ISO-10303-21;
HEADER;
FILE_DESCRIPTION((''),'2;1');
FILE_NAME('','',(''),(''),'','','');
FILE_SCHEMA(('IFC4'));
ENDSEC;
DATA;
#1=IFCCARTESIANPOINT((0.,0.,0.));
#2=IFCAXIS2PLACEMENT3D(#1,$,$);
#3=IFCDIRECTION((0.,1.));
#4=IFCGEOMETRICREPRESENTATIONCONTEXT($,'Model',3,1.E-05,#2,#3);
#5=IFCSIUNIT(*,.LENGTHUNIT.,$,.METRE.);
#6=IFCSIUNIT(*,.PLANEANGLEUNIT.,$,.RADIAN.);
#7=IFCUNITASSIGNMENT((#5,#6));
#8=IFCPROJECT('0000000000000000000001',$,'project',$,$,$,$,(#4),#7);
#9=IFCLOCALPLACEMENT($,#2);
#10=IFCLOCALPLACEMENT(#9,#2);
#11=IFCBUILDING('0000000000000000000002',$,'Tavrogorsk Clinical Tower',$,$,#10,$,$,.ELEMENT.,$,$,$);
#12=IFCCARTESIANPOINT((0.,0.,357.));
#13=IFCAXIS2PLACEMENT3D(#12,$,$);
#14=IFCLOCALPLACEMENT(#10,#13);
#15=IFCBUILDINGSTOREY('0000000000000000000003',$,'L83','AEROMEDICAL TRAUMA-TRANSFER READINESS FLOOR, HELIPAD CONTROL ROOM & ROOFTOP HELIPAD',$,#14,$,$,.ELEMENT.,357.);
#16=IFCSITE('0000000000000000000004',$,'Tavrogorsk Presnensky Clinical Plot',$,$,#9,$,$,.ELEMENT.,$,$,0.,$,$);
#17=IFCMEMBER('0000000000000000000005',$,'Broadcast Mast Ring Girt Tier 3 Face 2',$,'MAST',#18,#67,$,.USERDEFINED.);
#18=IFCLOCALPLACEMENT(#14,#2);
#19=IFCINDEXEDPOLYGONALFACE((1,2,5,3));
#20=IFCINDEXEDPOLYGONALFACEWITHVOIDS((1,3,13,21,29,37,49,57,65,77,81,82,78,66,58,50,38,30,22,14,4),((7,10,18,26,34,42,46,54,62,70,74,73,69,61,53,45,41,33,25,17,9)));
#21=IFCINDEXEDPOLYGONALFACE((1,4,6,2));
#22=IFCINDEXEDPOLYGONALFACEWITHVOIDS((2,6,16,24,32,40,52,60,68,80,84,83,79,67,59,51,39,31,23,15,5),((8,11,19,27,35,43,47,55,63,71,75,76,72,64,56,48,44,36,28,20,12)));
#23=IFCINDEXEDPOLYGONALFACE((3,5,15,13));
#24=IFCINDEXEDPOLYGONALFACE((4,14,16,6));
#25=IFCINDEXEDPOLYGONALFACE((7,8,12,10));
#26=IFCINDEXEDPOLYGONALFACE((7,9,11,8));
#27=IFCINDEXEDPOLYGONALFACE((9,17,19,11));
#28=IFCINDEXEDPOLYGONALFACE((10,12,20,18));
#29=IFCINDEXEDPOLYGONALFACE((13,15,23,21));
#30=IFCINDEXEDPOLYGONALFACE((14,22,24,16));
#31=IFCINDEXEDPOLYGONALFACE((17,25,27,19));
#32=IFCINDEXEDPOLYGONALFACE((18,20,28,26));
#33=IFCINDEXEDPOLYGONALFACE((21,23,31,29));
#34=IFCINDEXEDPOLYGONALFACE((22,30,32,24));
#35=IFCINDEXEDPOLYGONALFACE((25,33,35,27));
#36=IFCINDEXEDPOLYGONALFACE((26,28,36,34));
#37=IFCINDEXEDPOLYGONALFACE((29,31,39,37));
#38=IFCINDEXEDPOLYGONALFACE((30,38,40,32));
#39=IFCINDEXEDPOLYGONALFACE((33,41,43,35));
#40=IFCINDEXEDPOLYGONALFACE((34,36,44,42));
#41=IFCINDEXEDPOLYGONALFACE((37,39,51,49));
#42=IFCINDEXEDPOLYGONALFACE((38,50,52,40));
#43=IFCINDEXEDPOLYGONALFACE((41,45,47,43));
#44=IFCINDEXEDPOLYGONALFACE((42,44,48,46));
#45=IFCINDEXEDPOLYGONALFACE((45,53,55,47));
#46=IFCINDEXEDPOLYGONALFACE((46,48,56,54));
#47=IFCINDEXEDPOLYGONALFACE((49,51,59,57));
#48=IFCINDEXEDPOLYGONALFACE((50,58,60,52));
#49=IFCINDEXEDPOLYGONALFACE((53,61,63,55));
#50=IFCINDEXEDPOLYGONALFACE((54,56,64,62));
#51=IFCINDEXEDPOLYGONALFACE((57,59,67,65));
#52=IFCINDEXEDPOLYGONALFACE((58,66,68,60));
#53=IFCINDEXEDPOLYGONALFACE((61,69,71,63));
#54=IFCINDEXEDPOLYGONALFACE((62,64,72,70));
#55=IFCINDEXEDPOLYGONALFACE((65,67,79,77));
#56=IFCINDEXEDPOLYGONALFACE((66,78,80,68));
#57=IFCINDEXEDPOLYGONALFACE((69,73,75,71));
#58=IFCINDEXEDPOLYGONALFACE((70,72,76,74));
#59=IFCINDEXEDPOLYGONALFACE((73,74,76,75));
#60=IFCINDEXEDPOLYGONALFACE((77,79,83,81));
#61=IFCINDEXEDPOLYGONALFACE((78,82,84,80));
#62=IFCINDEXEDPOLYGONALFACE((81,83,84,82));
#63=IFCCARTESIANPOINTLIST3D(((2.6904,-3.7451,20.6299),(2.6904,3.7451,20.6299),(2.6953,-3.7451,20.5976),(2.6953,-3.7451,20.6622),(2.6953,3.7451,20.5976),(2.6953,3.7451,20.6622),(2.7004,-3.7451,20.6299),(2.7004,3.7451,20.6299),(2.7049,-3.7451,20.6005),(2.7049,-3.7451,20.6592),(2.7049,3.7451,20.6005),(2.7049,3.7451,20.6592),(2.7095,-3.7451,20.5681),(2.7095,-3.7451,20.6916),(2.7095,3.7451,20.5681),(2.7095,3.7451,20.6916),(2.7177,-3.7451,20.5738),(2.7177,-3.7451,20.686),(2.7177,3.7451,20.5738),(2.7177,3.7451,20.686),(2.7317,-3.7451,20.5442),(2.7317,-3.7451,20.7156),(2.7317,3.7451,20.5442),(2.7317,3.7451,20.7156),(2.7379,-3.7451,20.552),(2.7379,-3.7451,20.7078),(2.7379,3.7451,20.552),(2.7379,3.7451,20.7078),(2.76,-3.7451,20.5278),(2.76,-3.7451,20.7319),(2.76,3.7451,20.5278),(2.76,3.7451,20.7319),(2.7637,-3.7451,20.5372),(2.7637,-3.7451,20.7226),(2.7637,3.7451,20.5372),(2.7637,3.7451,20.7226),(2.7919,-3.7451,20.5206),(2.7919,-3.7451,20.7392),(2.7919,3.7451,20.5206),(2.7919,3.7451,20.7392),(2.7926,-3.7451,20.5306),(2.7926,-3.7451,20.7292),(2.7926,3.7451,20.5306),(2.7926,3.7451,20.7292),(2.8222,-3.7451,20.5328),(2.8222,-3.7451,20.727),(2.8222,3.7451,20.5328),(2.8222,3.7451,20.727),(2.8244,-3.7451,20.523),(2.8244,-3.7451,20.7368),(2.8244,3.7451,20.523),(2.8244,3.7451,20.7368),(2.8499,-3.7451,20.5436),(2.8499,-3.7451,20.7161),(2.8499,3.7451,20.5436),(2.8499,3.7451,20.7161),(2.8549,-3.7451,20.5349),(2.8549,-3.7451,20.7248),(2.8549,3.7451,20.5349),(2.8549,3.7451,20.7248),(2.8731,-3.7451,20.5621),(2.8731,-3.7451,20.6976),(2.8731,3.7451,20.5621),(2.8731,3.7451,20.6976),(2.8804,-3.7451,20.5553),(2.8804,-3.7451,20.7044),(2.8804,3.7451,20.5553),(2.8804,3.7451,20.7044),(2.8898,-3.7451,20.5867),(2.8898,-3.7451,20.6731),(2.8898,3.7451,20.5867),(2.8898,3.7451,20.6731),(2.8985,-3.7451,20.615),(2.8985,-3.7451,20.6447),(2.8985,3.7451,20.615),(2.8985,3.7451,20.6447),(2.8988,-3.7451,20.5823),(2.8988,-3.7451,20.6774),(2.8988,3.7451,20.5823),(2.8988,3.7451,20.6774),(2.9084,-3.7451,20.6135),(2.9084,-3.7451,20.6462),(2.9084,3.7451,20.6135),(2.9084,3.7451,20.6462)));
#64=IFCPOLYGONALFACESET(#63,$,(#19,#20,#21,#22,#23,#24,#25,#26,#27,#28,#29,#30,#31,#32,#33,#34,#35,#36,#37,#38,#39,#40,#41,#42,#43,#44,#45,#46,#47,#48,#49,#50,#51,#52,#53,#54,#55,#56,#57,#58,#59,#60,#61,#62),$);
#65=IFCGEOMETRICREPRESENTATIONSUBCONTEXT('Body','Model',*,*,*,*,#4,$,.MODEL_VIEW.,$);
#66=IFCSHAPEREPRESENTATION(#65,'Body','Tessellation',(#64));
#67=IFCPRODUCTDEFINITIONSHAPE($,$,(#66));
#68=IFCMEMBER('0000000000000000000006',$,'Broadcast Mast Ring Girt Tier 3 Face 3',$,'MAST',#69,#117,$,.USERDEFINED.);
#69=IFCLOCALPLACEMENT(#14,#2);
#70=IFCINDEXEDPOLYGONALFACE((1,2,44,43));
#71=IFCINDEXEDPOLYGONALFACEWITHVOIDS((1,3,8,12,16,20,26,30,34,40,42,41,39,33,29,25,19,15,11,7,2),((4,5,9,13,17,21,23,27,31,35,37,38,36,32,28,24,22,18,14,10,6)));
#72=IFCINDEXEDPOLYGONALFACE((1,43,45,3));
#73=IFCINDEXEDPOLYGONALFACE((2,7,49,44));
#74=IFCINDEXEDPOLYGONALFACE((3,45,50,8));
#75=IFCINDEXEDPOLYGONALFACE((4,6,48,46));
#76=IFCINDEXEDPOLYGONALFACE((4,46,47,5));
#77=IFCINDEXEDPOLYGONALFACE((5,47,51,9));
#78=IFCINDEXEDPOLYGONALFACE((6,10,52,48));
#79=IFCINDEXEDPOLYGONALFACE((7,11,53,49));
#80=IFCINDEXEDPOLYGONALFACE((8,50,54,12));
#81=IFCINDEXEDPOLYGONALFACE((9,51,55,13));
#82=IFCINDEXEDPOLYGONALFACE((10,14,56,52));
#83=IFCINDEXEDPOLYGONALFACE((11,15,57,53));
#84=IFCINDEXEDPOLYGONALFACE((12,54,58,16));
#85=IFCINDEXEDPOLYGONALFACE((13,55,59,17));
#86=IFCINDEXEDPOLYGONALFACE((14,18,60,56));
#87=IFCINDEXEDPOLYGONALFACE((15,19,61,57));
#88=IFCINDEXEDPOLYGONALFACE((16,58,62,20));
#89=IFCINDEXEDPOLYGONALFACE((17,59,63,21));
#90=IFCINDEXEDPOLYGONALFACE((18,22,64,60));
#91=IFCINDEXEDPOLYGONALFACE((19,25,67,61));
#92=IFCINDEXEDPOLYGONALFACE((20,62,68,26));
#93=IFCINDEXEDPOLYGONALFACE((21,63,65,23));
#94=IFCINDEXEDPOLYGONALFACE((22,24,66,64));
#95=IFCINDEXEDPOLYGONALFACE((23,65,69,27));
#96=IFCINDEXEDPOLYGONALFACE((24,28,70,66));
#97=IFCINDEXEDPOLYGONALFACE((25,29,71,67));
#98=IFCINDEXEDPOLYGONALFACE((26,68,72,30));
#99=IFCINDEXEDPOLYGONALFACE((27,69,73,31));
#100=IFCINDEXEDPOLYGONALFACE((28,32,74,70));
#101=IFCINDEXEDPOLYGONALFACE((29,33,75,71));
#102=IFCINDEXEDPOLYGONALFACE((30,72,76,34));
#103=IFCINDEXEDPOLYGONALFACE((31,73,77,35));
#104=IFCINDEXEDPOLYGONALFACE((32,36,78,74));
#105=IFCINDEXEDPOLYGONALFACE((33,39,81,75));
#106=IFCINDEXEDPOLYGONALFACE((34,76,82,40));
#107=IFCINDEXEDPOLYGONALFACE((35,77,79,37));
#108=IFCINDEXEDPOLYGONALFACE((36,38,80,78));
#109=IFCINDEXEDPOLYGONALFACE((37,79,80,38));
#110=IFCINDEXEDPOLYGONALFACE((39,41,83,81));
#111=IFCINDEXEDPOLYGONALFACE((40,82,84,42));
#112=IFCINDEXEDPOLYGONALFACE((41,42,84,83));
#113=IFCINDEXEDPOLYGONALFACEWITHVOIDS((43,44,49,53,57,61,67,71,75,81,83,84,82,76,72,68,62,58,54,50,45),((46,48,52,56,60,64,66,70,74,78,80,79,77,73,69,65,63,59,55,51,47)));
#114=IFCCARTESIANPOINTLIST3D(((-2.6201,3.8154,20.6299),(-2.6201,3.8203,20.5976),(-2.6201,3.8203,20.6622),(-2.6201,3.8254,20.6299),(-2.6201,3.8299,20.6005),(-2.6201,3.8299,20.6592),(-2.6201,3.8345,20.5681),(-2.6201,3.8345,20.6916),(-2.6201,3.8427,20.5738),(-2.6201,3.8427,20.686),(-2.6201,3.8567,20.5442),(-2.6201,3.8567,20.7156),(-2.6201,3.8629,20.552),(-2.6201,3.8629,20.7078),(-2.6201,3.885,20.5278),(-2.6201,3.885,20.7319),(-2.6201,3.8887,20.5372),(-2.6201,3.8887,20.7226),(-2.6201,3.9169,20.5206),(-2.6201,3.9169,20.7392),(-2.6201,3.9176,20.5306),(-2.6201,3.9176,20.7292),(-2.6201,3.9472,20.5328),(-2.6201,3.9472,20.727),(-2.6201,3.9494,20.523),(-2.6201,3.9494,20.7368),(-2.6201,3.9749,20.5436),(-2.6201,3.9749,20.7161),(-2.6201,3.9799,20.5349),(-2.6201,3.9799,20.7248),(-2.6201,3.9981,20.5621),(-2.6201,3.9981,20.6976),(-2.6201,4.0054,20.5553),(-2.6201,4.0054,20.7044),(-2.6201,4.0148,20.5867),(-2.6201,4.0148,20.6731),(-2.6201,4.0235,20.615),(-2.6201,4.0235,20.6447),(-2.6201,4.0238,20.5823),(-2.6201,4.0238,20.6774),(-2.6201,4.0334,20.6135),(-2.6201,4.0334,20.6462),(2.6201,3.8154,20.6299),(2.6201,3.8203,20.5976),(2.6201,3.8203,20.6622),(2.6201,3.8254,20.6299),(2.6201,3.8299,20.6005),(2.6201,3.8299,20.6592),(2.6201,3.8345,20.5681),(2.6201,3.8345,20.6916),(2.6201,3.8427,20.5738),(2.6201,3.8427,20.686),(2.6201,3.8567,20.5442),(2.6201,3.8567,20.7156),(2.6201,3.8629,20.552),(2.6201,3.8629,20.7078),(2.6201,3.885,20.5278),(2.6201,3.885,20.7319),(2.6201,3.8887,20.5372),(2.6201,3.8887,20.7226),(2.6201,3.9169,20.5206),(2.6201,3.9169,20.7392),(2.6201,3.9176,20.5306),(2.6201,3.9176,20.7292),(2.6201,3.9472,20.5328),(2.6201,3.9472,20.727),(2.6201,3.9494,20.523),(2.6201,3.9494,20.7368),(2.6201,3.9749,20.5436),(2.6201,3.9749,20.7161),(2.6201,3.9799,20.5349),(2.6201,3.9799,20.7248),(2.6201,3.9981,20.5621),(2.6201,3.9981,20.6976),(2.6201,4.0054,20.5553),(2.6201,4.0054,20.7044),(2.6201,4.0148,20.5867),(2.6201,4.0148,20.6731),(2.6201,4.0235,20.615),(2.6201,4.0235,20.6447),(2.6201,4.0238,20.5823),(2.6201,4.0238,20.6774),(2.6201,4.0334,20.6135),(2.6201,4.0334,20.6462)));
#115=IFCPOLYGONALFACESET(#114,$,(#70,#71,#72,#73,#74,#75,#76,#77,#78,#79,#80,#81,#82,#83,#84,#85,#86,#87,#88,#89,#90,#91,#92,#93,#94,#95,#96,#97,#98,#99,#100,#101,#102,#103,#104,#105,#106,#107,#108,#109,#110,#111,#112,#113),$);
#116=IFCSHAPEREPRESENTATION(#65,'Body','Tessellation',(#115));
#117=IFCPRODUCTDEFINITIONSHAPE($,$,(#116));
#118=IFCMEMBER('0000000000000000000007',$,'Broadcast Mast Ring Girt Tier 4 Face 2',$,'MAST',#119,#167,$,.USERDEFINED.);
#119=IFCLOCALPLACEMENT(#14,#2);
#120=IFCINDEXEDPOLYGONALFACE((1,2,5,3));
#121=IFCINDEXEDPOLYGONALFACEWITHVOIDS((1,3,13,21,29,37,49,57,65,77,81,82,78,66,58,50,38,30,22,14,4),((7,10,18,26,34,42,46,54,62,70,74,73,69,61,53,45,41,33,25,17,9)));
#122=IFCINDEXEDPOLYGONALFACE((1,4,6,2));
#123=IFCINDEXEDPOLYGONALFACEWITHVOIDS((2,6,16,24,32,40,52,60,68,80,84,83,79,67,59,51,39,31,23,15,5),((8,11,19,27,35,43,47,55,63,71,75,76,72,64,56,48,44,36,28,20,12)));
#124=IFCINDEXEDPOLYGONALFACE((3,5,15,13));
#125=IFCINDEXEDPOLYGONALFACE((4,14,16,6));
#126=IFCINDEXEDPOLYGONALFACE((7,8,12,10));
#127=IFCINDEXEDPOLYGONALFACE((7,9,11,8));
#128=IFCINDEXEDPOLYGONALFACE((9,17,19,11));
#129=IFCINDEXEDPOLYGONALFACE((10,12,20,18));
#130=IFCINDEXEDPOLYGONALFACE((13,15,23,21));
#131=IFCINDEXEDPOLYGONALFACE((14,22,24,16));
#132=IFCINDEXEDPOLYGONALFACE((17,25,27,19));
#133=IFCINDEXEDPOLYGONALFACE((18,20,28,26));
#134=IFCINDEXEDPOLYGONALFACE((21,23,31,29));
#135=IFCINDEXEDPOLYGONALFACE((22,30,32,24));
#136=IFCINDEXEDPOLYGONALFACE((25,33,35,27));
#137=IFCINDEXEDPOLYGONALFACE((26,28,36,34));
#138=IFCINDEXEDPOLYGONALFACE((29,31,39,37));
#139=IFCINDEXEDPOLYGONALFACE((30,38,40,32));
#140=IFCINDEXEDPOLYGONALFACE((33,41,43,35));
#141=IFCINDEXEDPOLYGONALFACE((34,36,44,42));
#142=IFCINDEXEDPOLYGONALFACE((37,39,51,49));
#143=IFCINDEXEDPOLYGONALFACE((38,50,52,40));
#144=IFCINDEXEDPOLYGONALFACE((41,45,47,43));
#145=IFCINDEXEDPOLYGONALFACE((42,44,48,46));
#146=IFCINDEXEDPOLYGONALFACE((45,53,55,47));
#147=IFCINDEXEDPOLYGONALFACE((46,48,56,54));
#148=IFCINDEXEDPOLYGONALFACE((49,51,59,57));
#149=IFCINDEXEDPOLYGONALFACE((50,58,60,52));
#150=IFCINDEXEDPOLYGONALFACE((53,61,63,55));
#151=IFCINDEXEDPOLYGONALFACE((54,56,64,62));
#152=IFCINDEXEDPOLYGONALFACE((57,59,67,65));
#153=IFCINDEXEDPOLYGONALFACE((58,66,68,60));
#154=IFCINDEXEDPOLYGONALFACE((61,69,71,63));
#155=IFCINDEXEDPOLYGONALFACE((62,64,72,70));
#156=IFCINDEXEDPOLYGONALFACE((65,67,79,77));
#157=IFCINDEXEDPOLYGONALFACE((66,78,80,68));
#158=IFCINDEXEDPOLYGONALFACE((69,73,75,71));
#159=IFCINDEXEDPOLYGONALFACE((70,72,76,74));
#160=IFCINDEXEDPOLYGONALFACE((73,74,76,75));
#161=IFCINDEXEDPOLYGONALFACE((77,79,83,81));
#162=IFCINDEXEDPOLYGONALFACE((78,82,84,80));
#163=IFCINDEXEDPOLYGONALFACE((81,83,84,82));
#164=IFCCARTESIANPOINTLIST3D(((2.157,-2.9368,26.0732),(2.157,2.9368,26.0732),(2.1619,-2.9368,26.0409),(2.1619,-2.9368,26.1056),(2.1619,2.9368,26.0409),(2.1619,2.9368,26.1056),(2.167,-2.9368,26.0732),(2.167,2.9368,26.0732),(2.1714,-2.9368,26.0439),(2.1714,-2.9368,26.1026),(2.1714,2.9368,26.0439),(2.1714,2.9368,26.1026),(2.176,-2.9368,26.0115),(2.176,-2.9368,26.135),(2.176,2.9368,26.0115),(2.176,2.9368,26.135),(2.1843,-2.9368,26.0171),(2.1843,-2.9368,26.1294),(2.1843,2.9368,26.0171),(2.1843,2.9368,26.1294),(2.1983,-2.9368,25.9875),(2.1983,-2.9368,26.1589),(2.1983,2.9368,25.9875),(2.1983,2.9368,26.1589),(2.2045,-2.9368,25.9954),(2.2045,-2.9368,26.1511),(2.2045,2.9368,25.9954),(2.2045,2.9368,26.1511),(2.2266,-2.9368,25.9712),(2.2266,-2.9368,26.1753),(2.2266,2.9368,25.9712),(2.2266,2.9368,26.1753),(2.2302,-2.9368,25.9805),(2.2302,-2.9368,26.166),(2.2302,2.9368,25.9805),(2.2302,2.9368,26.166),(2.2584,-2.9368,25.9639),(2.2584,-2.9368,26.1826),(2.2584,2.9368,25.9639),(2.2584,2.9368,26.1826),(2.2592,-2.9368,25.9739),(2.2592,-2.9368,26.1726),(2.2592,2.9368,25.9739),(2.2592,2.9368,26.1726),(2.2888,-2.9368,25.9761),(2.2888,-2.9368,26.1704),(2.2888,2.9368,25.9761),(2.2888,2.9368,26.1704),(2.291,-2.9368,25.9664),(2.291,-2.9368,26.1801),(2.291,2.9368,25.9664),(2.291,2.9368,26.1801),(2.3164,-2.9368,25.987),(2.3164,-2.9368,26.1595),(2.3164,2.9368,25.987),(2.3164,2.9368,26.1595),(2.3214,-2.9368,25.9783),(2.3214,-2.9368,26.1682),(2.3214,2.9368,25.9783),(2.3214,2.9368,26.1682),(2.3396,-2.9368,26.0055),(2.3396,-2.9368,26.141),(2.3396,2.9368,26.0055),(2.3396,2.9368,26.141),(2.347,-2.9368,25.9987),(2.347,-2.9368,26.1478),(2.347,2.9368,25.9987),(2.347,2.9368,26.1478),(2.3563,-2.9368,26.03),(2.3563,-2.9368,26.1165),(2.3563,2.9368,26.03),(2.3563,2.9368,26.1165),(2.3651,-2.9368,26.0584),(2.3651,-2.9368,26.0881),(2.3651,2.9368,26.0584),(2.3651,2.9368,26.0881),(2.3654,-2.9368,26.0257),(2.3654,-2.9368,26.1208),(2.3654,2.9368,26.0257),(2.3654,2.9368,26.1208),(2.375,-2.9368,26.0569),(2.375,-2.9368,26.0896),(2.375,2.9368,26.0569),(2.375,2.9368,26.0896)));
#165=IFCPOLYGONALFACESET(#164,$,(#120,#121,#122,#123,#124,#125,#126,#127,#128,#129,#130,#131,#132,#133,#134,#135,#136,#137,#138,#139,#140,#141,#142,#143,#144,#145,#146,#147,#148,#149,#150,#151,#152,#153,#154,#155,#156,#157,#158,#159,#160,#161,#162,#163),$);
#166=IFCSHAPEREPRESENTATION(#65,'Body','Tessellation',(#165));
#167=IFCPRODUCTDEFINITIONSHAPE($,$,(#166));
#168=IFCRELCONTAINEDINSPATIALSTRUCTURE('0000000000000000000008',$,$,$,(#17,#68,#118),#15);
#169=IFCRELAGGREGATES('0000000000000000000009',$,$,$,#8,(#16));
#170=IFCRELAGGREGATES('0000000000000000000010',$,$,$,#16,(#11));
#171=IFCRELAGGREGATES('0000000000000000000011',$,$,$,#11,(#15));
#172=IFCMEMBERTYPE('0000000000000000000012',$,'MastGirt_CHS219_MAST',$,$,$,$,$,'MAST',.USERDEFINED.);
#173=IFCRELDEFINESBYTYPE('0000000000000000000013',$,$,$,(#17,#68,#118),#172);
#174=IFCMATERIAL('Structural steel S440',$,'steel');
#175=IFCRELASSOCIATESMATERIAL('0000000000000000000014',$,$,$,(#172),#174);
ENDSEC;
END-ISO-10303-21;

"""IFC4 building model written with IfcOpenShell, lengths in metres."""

from ifc_helpers import new_model, si_unit, direction, frame, origin, origin_2d, place, context, subcontext, project, spatial, hollow_circle, extrude, material, material_profile, profile_set, type_object, element, save


model = new_model("IFC4")

# Units and contexts
model_context = context("Model", 3, precision=1e-05, world=origin(), true_north=direction((0.0, 1.0)))
body_context = subcontext(model_context, "Body", "Model", "MODEL_VIEW")
ifc_project = project(units=[si_unit("LENGTHUNIT", "METRE"), si_unit("PLANEANGLEUNIT", "RADIAN")], contexts=[model_context])

# Site, building, storey
site_placement = place(None, origin())
site = spatial("IfcSite", under=ifc_project, at=site_placement, Name="Tavrogorsk Presnensky Clinical Plot", CompositionType="ELEMENT", RefElevation=0.0)
building_placement = place(site_placement, origin())
building = spatial("IfcBuilding", under=site, at=building_placement, Name="Tavrogorsk Clinical Tower", CompositionType="ELEMENT")
storey_placement = place(building_placement, frame((0.0, 0.0, 357.0)))
storey = spatial("IfcBuildingStorey", under=building, at=storey_placement, Name="L83", Description="AEROMEDICAL TRAUMA-TRANSFER READINESS FLOOR, HELIPAD CONTROL ROOM & ROOFTOP HELIPAD", CompositionType="ELEMENT", Elevation=357.0)

# Members
ifc_material_1 = material(Name="Structural steel S440", Category="steel")
ifc_material_profile_1 = material_profile(ifc_material_1, hollow_circle(Radius=0.1096, WallThickness=0.01, at=origin_2d()), Name="CHS-219.1x10")
ifc_profile_set_1 = profile_set([ifc_material_profile_1], Name="Structural steel S440")
member_type_1 = type_object("IfcMemberType", Name="MastGirt_CHS219_MAST", ElementType="MAST", PredefinedType="USERDEFINED", material=ifc_profile_set_1)
member_1_placement = place(storey_placement, frame((2.8, -3.7451, 20.6299), z_axis=(0.0, 1.0, 0.0), x_axis=(-1.0, 0.0, 0.0)))
element("IfcMember", 1, at=member_1_placement, inside=storey, type_object=member_type_1, Name="Broadcast Mast Ring Girt Tier 3 Face 2", ObjectType="MAST", PredefinedType="USERDEFINED", context=body_context, shape_type="SweptSolid", body=[
    extrude(hollow_circle(Radius=0.1096, WallThickness=0.01, at=origin_2d()), origin(), (0.0, 0.0, 1.0), 7.4902),
])
member_2_placement = place(storey_placement, frame((2.6201, 3.925, 20.6299), z_axis=(-1.0, 0.0, 0.0), x_axis=(0.0, -1.0, 0.0)))
element("IfcMember", 2, at=member_2_placement, inside=storey, type_object=member_type_1, Name="Broadcast Mast Ring Girt Tier 3 Face 3", ObjectType="MAST", PredefinedType="USERDEFINED", context=body_context, shape_type="SweptSolid", body=[
    extrude(hollow_circle(Radius=0.1096, WallThickness=0.01, at=origin_2d()), origin(), (0.0, 0.0, 1.0), 5.2402),
])
member_3_placement = place(storey_placement, frame((2.2666, -2.9368, 26.0732), z_axis=(0.0, 1.0, 0.0), x_axis=(-1.0, 0.0, 0.0)))
element("IfcMember", 3, at=member_3_placement, inside=storey, type_object=member_type_1, Name="Broadcast Mast Ring Girt Tier 4 Face 2", ObjectType="MAST", PredefinedType="USERDEFINED", context=body_context, shape_type="SweptSolid", body=[
    extrude(hollow_circle(Radius=0.1096, WallThickness=0.01, at=origin_2d()), origin(), (0.0, 0.0, 1.0), 5.8735),
])

save(model, "model.ifc")
